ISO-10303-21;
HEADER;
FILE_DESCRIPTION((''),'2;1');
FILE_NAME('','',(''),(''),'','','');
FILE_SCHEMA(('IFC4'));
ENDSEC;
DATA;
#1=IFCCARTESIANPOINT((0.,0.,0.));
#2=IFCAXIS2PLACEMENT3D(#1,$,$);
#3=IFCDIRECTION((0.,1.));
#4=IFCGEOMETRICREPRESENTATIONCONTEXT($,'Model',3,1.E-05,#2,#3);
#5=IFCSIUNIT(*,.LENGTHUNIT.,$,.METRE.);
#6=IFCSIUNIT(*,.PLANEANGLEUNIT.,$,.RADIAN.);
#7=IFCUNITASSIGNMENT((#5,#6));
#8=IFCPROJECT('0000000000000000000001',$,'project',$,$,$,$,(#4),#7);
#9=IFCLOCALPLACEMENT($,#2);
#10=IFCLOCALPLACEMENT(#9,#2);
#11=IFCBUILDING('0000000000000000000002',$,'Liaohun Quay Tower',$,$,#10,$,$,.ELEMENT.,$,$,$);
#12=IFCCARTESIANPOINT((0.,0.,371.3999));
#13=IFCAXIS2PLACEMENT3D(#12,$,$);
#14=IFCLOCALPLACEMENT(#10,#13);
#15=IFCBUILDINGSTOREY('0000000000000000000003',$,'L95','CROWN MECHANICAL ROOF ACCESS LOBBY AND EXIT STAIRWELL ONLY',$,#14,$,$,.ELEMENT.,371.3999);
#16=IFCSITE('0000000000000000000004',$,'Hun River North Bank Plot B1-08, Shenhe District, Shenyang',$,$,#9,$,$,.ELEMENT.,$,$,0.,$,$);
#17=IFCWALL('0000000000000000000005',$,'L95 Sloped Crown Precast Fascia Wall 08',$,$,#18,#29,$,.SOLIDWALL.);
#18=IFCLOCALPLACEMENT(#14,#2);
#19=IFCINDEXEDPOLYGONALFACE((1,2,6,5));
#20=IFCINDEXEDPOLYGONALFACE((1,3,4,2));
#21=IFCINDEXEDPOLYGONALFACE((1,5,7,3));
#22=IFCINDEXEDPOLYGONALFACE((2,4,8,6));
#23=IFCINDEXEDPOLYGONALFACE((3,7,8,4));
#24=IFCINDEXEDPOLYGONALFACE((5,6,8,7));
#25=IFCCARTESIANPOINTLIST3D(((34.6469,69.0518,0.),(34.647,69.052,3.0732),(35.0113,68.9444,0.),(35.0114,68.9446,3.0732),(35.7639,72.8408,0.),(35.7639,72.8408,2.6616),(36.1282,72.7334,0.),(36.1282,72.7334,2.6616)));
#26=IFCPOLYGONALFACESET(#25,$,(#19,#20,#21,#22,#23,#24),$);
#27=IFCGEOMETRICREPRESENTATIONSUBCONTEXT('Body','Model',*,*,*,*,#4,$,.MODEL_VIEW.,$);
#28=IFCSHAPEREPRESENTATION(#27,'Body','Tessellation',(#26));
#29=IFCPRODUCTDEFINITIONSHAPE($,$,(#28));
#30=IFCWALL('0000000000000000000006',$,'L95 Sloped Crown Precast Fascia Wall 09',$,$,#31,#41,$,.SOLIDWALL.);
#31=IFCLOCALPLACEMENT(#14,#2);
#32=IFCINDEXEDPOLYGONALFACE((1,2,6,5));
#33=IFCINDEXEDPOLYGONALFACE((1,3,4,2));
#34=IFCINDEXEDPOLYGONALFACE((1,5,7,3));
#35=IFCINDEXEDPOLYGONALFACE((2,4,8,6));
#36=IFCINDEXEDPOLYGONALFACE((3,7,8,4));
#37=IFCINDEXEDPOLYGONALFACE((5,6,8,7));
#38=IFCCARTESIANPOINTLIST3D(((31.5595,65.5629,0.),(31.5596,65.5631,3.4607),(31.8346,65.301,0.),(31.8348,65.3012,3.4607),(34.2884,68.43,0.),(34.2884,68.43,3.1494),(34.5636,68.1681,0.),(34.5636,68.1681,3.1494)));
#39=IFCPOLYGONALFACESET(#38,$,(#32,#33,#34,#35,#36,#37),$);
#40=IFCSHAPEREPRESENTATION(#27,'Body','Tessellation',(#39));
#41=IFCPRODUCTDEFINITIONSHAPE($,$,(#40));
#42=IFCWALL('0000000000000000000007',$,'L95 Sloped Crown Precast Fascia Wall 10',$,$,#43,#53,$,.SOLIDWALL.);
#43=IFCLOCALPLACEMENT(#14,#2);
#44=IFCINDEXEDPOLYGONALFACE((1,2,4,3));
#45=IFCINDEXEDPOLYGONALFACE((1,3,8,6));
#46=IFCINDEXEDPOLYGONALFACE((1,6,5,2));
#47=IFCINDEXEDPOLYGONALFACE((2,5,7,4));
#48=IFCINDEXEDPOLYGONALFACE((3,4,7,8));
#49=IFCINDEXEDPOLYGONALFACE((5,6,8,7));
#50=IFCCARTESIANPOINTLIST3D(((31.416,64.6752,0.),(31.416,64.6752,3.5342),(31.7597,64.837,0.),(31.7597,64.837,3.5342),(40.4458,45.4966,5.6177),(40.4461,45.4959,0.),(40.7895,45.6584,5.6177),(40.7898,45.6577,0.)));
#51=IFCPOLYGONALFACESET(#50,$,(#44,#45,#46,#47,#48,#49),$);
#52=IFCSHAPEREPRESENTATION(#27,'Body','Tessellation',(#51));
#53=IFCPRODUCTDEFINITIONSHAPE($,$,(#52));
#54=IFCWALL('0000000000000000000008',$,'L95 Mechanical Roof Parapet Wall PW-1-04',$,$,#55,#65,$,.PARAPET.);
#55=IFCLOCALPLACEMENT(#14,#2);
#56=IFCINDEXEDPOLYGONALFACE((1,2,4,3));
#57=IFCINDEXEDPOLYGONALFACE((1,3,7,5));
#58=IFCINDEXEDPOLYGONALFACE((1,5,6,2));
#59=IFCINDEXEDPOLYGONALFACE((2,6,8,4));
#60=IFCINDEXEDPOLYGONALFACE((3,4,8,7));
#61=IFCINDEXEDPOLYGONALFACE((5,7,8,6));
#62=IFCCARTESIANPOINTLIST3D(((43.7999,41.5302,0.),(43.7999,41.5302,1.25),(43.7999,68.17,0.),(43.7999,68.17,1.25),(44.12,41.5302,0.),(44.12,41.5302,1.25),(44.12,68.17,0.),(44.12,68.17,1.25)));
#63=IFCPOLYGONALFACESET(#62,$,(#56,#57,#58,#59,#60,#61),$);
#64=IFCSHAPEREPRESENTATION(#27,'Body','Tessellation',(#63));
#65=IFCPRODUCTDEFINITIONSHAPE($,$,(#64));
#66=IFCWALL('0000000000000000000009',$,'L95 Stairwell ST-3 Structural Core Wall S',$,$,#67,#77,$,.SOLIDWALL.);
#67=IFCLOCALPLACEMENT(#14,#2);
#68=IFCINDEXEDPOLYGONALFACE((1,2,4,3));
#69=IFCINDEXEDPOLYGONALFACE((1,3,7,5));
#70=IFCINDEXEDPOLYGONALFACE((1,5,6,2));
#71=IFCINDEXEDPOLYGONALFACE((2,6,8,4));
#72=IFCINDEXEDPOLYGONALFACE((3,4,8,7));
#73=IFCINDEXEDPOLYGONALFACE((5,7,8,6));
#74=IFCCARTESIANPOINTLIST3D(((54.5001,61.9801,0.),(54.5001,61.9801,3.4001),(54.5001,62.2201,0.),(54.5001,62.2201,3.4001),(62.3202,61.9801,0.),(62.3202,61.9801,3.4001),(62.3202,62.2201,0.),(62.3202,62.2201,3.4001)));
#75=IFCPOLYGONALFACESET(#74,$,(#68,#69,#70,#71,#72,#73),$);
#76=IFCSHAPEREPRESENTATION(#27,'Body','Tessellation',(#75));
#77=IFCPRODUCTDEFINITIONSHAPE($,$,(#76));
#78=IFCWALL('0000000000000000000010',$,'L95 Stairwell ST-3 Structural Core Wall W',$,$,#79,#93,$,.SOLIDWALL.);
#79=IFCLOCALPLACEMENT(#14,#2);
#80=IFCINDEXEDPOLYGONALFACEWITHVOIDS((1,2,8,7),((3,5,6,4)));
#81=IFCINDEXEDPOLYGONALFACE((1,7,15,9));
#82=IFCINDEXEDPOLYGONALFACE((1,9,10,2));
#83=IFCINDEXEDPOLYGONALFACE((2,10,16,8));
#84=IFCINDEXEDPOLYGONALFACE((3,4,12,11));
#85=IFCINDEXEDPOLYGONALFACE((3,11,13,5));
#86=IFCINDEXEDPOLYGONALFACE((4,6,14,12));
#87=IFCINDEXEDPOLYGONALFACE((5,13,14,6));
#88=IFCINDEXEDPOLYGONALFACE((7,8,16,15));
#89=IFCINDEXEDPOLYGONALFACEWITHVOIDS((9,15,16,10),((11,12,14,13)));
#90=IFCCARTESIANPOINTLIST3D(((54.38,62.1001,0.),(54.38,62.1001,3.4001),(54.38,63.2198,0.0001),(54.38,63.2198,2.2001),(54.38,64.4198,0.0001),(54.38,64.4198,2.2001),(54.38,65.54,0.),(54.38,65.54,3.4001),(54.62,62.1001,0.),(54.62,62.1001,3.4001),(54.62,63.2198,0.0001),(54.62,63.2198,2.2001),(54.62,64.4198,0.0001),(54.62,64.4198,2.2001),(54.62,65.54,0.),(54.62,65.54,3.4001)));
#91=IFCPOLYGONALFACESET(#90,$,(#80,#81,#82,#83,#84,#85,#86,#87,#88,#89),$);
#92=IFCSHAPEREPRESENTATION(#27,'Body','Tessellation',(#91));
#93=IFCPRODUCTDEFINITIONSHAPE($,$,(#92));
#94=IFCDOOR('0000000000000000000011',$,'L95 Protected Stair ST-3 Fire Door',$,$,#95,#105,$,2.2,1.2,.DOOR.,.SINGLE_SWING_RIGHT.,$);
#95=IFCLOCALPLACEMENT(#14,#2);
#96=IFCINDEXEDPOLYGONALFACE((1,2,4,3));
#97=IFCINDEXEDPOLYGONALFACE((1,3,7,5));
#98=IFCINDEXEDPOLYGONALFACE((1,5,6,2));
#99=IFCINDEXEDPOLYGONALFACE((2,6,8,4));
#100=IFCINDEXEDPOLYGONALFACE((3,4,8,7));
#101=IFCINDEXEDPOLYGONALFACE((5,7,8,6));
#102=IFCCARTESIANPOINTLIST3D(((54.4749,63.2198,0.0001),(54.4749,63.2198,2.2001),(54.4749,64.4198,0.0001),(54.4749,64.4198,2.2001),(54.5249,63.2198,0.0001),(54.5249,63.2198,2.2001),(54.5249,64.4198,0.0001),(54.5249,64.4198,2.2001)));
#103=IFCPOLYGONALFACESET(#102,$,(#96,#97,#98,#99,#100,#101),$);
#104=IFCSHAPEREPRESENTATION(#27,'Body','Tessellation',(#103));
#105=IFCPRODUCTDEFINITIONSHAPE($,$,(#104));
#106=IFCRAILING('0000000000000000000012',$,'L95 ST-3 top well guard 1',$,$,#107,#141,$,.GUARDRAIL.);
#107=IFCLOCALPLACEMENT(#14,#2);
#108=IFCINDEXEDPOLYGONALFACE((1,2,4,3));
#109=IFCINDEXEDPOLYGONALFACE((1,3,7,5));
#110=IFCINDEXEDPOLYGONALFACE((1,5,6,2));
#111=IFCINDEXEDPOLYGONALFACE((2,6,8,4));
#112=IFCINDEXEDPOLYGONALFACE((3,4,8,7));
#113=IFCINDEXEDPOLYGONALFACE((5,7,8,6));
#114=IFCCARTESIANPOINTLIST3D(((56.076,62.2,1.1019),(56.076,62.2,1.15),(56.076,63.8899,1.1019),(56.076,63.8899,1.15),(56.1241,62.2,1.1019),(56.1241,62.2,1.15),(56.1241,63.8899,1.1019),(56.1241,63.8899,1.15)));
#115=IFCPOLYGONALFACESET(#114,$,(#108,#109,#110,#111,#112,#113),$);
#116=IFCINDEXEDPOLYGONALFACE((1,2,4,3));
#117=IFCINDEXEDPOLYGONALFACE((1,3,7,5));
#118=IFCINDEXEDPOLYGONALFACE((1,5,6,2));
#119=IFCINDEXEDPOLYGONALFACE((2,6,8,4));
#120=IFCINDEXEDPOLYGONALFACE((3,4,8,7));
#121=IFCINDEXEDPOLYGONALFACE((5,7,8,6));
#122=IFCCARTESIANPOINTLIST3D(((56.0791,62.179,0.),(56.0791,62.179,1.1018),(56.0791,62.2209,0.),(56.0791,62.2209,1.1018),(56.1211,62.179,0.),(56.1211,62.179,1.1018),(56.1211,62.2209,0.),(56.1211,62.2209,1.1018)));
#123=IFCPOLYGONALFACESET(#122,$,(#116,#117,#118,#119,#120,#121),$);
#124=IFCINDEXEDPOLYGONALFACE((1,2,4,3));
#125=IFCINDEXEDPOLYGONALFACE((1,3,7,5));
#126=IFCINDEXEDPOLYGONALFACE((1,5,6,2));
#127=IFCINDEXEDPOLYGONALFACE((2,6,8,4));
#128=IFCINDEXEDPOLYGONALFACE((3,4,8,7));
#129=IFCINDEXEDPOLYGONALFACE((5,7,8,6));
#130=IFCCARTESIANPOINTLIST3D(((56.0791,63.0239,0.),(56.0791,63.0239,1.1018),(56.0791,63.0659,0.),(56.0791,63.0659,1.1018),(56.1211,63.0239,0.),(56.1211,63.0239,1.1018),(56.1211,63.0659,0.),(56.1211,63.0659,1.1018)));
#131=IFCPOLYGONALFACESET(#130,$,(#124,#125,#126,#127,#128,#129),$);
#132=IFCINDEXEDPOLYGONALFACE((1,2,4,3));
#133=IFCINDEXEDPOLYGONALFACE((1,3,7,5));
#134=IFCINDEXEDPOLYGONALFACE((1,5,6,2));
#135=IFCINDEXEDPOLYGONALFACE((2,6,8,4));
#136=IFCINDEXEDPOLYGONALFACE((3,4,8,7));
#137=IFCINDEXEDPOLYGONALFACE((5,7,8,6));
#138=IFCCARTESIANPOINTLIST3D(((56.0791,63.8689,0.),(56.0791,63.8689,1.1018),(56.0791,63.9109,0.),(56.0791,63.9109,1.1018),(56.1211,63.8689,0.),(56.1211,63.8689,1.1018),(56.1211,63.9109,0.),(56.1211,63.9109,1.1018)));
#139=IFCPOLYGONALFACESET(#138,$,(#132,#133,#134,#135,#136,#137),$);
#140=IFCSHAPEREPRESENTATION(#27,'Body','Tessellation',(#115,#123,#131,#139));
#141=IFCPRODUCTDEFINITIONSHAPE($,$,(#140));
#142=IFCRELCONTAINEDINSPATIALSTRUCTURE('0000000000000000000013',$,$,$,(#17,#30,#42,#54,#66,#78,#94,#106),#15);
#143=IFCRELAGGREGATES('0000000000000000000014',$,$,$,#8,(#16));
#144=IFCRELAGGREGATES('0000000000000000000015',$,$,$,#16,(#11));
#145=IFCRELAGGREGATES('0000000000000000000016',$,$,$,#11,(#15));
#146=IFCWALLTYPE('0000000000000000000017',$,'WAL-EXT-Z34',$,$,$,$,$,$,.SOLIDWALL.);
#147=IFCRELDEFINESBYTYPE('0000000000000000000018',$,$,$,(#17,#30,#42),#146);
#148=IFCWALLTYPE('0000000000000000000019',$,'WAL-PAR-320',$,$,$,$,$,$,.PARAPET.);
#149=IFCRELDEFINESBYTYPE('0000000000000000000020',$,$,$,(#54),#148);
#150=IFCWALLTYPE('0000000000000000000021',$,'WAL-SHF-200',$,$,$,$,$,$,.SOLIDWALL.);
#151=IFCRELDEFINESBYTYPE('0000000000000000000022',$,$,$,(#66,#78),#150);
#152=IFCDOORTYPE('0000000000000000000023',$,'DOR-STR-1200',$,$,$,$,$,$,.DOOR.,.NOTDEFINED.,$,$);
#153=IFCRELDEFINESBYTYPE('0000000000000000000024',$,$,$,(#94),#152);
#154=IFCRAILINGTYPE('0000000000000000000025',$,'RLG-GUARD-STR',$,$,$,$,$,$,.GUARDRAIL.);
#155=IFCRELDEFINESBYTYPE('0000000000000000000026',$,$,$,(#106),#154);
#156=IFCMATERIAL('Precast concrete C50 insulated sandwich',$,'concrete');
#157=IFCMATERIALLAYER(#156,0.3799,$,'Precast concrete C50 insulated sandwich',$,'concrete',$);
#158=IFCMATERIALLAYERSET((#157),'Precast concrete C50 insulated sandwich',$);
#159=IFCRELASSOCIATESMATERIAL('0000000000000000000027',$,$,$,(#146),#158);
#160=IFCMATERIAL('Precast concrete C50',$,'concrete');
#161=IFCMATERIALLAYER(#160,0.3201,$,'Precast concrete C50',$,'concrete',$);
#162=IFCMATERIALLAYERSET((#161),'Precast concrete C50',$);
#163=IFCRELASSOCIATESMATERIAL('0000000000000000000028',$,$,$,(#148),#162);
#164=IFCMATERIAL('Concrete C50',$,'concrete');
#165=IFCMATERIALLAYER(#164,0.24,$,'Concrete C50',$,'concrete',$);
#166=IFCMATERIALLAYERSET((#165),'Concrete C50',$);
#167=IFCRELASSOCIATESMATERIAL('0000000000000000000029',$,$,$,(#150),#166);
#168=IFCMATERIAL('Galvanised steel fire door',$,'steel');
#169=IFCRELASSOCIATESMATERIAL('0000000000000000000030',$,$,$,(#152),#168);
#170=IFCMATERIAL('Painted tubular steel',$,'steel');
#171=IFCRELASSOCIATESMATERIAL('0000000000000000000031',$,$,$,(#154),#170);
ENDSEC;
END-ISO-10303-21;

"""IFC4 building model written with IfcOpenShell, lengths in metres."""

from ifc_helpers import new_model, si_unit, direction, frame, frame_2d, origin, origin_2d, place, context, subcontext, project, spatial, polyline, rectangle, outline, extrude, source, transform, mapped, material, layer, layer_set, type_object, element, fill, save


model = new_model("IFC4")

# Units and contexts
model_context = context("Model", 3, precision=1e-05, world=origin(), true_north=direction((0.0, 1.0)))
body_context = subcontext(model_context, "Body", "Model", "MODEL_VIEW")
ifc_project = project(units=[si_unit("LENGTHUNIT", "METRE"), si_unit("PLANEANGLEUNIT", "RADIAN")], contexts=[model_context])

# Site, building, storey
site_placement = place(None, origin())
site = spatial("IfcSite", under=ifc_project, at=site_placement, Name="Hun River North Bank Plot B1-08, Shenhe District, Shenyang", CompositionType="ELEMENT", RefElevation=0.0)
building_placement = place(site_placement, origin())
building = spatial("IfcBuilding", under=site, at=building_placement, Name="Liaohun Quay Tower", CompositionType="ELEMENT")
storey_placement = place(building_placement, frame((0.0, 0.0, 371.3999)))
storey = spatial("IfcBuildingStorey", under=building, at=storey_placement, Name="L95", Description="CROWN MECHANICAL ROOF ACCESS LOBBY AND EXIT STAIRWELL ONLY", CompositionType="ELEMENT", Elevation=371.3999)

# Shared definitions
ifc_material_1 = material(Name="Concrete C50", Category="concrete")

# Walls
ifc_material_2 = material(Name="Precast concrete C50 insulated sandwich", Category="concrete")
ifc_layer_1 = layer(ifc_material_2, 0.3799, Name="Precast concrete C50 insulated sandwich", Category="concrete")
ifc_layer_set_1 = layer_set([ifc_layer_1], Name="Precast concrete C50 insulated sandwich")
wall_type_1 = type_object("IfcWallType", Name="WAL-EXT-Z34", PredefinedType="SOLIDWALL", material=ifc_layer_set_1)
wall_1_placement = place(storey_placement, frame((35.946, 72.7871, 0.0), z_axis=(0.0, 0.0, 1.0), x_axis=(-0.282752, -0.959193, 0.0)))
element("IfcWall", 1, at=wall_1_placement, inside=storey, type_object=wall_type_1, Name="L95 Sloped Crown Precast Fascia Wall 08", PredefinedType="SOLIDWALL", context=body_context, shape_type="SweptSolid", body=[
    extrude(outline(polyline([(0.0, 0.0), (3.9502, 0.0), (3.95, 3.0732), (0.0, 2.6616), (0.0, 0.0)])), frame((0.0, 0.1899, 0.0), z_axis=(0.0, -1.0, 0.0), x_axis=(1.0, 0.0, 0.0)), (0.0, 0.0, 1.0), 0.3799),
])
wall_2_placement = place(storey_placement, frame((34.426, 68.2991, 0.0), z_axis=(0.0, 0.0, 1.0), x_axis=(-0.689436, -0.724346, 0.0)))
element("IfcWall", 2, at=wall_2_placement, inside=storey, type_object=wall_type_1, Name="L95 Sloped Crown Precast Fascia Wall 09", PredefinedType="SOLIDWALL", context=body_context, shape_type="SweptSolid", body=[
    extrude(outline(polyline([(0.0, 0.0), (3.9583, 0.0), (3.958, 3.4607), (0.0, 3.1494), (0.0, 0.0)])), frame((0.0, 0.1899, 0.0), z_axis=(0.0, -1.0, 0.0), x_axis=(1.0, 0.0, 0.0)), (0.0, 0.0, 1.0), 0.3799),
])
wall_3_placement = place(storey_placement, frame((31.5879, 64.7561, 0.0), z_axis=(0.0, 0.0, 1.0), x_axis=(0.425972, -0.904736, 0.0)))
element("IfcWall", 3, at=wall_3_placement, inside=storey, type_object=wall_type_1, Name="L95 Sloped Crown Precast Fascia Wall 10", PredefinedType="SOLIDWALL", context=body_context, shape_type="SweptSolid", body=[
    extrude(outline(polyline([(0.0, 0.0), (21.1987, 0.0), (21.198, 5.6177), (0.0, 3.5342), (0.0, 0.0)])), frame((0.0, 0.1899, 0.0), z_axis=(0.0, -1.0, 0.0), x_axis=(1.0, 0.0, 0.0)), (0.0, 0.0, 1.0), 0.3799),
])
ifc_material_3 = material(Name="Precast concrete C50", Category="concrete")
ifc_layer_2 = layer(ifc_material_3, 0.3201, Name="Precast concrete C50", Category="concrete")
ifc_layer_set_2 = layer_set([ifc_layer_2], Name="Precast concrete C50")
wall_type_2 = type_object("IfcWallType", Name="WAL-PAR-320", PredefinedType="PARAPET", material=ifc_layer_set_2)
wall_4_placement = place(storey_placement, frame((43.96, 68.1699, 0.0), z_axis=(0.0, 0.0, 1.0), x_axis=(0.0, -1.0, 0.0)))
element("IfcWall", 4, at=wall_4_placement, inside=storey, type_object=wall_type_2, Name="L95 Mechanical Roof Parapet Wall PW-1-04", PredefinedType="PARAPET", context=body_context, shape_type="SweptSolid", body=[
    extrude(rectangle(XDim=26.6399, YDim=0.3201, at=frame_2d((13.3198, 0.0))), origin(), (0.0, 0.0, 1.0), 1.25),
])
ifc_layer_3 = layer(ifc_material_1, 0.24, Name="Concrete C50", Category="concrete")
ifc_layer_set_3 = layer_set([ifc_layer_3], Name="Concrete C50")
wall_type_3 = type_object("IfcWallType", Name="WAL-SHF-200", PredefinedType="SOLIDWALL", material=ifc_layer_set_3)
wall_5_placement = place(storey_placement, frame((54.5, 62.1001, 0.0), z_axis=(0.0, 0.0, 1.0), x_axis=(1.0, 0.0, 0.0)))
element("IfcWall", 5, at=wall_5_placement, inside=storey, type_object=wall_type_3, Name="L95 Stairwell ST-3 Structural Core Wall S", PredefinedType="SOLIDWALL", context=body_context, shape_type="SweptSolid", body=[
    extrude(rectangle(XDim=7.8201, YDim=0.24, at=frame_2d((3.9102, 0.0))), origin(), (0.0, 0.0, 1.0), 3.4001),
])

# Wall, opening, door
wall_6_placement = place(storey_placement, frame((54.5, 65.54, 0.0), z_axis=(0.0, 0.0, 1.0), x_axis=(0.0, -1.0, 0.0)))
wall_6 = element("IfcWall", 6, at=wall_6_placement, inside=storey, type_object=wall_type_3, Name="L95 Stairwell ST-3 Structural Core Wall W", PredefinedType="SOLIDWALL", context=body_context, shape_type="SweptSolid", body=[
    extrude(rectangle(XDim=3.4399, YDim=0.24, at=frame_2d((1.72, 0.0))), origin(), (0.0, 0.0, 1.0), 3.4001),
])
shared_shape_1 = source(origin(), body_context, "Body", "SweptSolid", [
    extrude(rectangle(XDim=1.2, YDim=2.2, at=frame_2d((0.6001, 1.1001))), frame((0.0, 0.1299, 0.0), z_axis=(0.0, -1.0, 0.0), x_axis=(1.0, 0.0, 0.0)), (0.0, 0.0, 1.0), 0.26),
])
opening_placement = place(wall_6_placement, frame((1.1201, 0.0, 0.0)))
opening = element("IfcOpeningElement", 7, at=opening_placement, cuts=wall_6, PredefinedType="OPENING", context=body_context, shape_type="MappedRepresentation", body=[
    mapped(shared_shape_1, transform((0.0, 0.0, 0.0), x_axis=(1.0, 0.0, 0.0), y_axis=(0.0, 1.0, 0.0), z_axis=(0.0, 0.0, 1.0), scale=1.0)),
])
ifc_material_4 = material(Name="Galvanised steel fire door", Category="steel")
door_type = type_object("IfcDoorType", Name="DOR-STR-1200", OperationType="NOTDEFINED", PredefinedType="DOOR", material=ifc_material_4)
shared_shape_2 = source(origin(), body_context, "Body", "SweptSolid", [
    extrude(rectangle(XDim=1.2, YDim=2.2, at=frame_2d((0.6001, 1.1001))), frame((0.0, 0.0249, 0.0), z_axis=(0.0, -1.0, 0.0), x_axis=(1.0, 0.0, 0.0)), (0.0, 0.0, 1.0), 0.05),
])
door_placement = place(opening_placement, origin())
door = element("IfcDoor", 8, at=door_placement, inside=storey, type_object=door_type, Name="L95 Protected Stair ST-3 Fire Door", OperationType="SINGLE_SWING_RIGHT", OverallHeight=2.2, OverallWidth=1.2, PredefinedType="DOOR", context=body_context, shape_type="MappedRepresentation", body=[
    mapped(shared_shape_2, transform((0.0, 0.0, 0.0), x_axis=(1.0, 0.0, 0.0), y_axis=(0.0, 1.0, 0.0), z_axis=(0.0, 0.0, 1.0), scale=1.0)),
])
fill(opening, door)

# Railing
ifc_material_5 = material(Name="Painted tubular steel", Category="steel")
railing_type = type_object("IfcRailingType", Name="RLG-GUARD-STR", PredefinedType="GUARDRAIL", material=ifc_material_5)
railing_placement = place(storey_placement, frame((56.1001, 62.2, 0.0)))
element("IfcRailing", 9, at=railing_placement, inside=storey, type_object=railing_type, Name="L95 ST-3 top well guard 1", PredefinedType="GUARDRAIL", context=body_context, shape_type="SweptSolid", body=[
    extrude(rectangle(XDim=0.0481, YDim=0.0481, at=origin_2d()), frame((0.0, 0.0, 1.126), z_axis=(0.0, 1.0, 0.0), x_axis=(-1.0, 0.0, 0.0)), (0.0, 0.0, 1.0), 1.6899),
    extrude(rectangle(XDim=0.042, YDim=0.042, at=origin_2d()), origin(), (0.0, 0.0, 1.0), 1.1018),
    extrude(rectangle(XDim=0.042, YDim=0.042, at=origin_2d()), frame((0.0, 0.845, 0.0)), (0.0, 0.0, 1.0), 1.1018),
    extrude(rectangle(XDim=0.042, YDim=0.042, at=origin_2d()), frame((0.0, 1.6899, 0.0)), (0.0, 0.0, 1.0), 1.1018),
])

save(model, "model.ifc")
